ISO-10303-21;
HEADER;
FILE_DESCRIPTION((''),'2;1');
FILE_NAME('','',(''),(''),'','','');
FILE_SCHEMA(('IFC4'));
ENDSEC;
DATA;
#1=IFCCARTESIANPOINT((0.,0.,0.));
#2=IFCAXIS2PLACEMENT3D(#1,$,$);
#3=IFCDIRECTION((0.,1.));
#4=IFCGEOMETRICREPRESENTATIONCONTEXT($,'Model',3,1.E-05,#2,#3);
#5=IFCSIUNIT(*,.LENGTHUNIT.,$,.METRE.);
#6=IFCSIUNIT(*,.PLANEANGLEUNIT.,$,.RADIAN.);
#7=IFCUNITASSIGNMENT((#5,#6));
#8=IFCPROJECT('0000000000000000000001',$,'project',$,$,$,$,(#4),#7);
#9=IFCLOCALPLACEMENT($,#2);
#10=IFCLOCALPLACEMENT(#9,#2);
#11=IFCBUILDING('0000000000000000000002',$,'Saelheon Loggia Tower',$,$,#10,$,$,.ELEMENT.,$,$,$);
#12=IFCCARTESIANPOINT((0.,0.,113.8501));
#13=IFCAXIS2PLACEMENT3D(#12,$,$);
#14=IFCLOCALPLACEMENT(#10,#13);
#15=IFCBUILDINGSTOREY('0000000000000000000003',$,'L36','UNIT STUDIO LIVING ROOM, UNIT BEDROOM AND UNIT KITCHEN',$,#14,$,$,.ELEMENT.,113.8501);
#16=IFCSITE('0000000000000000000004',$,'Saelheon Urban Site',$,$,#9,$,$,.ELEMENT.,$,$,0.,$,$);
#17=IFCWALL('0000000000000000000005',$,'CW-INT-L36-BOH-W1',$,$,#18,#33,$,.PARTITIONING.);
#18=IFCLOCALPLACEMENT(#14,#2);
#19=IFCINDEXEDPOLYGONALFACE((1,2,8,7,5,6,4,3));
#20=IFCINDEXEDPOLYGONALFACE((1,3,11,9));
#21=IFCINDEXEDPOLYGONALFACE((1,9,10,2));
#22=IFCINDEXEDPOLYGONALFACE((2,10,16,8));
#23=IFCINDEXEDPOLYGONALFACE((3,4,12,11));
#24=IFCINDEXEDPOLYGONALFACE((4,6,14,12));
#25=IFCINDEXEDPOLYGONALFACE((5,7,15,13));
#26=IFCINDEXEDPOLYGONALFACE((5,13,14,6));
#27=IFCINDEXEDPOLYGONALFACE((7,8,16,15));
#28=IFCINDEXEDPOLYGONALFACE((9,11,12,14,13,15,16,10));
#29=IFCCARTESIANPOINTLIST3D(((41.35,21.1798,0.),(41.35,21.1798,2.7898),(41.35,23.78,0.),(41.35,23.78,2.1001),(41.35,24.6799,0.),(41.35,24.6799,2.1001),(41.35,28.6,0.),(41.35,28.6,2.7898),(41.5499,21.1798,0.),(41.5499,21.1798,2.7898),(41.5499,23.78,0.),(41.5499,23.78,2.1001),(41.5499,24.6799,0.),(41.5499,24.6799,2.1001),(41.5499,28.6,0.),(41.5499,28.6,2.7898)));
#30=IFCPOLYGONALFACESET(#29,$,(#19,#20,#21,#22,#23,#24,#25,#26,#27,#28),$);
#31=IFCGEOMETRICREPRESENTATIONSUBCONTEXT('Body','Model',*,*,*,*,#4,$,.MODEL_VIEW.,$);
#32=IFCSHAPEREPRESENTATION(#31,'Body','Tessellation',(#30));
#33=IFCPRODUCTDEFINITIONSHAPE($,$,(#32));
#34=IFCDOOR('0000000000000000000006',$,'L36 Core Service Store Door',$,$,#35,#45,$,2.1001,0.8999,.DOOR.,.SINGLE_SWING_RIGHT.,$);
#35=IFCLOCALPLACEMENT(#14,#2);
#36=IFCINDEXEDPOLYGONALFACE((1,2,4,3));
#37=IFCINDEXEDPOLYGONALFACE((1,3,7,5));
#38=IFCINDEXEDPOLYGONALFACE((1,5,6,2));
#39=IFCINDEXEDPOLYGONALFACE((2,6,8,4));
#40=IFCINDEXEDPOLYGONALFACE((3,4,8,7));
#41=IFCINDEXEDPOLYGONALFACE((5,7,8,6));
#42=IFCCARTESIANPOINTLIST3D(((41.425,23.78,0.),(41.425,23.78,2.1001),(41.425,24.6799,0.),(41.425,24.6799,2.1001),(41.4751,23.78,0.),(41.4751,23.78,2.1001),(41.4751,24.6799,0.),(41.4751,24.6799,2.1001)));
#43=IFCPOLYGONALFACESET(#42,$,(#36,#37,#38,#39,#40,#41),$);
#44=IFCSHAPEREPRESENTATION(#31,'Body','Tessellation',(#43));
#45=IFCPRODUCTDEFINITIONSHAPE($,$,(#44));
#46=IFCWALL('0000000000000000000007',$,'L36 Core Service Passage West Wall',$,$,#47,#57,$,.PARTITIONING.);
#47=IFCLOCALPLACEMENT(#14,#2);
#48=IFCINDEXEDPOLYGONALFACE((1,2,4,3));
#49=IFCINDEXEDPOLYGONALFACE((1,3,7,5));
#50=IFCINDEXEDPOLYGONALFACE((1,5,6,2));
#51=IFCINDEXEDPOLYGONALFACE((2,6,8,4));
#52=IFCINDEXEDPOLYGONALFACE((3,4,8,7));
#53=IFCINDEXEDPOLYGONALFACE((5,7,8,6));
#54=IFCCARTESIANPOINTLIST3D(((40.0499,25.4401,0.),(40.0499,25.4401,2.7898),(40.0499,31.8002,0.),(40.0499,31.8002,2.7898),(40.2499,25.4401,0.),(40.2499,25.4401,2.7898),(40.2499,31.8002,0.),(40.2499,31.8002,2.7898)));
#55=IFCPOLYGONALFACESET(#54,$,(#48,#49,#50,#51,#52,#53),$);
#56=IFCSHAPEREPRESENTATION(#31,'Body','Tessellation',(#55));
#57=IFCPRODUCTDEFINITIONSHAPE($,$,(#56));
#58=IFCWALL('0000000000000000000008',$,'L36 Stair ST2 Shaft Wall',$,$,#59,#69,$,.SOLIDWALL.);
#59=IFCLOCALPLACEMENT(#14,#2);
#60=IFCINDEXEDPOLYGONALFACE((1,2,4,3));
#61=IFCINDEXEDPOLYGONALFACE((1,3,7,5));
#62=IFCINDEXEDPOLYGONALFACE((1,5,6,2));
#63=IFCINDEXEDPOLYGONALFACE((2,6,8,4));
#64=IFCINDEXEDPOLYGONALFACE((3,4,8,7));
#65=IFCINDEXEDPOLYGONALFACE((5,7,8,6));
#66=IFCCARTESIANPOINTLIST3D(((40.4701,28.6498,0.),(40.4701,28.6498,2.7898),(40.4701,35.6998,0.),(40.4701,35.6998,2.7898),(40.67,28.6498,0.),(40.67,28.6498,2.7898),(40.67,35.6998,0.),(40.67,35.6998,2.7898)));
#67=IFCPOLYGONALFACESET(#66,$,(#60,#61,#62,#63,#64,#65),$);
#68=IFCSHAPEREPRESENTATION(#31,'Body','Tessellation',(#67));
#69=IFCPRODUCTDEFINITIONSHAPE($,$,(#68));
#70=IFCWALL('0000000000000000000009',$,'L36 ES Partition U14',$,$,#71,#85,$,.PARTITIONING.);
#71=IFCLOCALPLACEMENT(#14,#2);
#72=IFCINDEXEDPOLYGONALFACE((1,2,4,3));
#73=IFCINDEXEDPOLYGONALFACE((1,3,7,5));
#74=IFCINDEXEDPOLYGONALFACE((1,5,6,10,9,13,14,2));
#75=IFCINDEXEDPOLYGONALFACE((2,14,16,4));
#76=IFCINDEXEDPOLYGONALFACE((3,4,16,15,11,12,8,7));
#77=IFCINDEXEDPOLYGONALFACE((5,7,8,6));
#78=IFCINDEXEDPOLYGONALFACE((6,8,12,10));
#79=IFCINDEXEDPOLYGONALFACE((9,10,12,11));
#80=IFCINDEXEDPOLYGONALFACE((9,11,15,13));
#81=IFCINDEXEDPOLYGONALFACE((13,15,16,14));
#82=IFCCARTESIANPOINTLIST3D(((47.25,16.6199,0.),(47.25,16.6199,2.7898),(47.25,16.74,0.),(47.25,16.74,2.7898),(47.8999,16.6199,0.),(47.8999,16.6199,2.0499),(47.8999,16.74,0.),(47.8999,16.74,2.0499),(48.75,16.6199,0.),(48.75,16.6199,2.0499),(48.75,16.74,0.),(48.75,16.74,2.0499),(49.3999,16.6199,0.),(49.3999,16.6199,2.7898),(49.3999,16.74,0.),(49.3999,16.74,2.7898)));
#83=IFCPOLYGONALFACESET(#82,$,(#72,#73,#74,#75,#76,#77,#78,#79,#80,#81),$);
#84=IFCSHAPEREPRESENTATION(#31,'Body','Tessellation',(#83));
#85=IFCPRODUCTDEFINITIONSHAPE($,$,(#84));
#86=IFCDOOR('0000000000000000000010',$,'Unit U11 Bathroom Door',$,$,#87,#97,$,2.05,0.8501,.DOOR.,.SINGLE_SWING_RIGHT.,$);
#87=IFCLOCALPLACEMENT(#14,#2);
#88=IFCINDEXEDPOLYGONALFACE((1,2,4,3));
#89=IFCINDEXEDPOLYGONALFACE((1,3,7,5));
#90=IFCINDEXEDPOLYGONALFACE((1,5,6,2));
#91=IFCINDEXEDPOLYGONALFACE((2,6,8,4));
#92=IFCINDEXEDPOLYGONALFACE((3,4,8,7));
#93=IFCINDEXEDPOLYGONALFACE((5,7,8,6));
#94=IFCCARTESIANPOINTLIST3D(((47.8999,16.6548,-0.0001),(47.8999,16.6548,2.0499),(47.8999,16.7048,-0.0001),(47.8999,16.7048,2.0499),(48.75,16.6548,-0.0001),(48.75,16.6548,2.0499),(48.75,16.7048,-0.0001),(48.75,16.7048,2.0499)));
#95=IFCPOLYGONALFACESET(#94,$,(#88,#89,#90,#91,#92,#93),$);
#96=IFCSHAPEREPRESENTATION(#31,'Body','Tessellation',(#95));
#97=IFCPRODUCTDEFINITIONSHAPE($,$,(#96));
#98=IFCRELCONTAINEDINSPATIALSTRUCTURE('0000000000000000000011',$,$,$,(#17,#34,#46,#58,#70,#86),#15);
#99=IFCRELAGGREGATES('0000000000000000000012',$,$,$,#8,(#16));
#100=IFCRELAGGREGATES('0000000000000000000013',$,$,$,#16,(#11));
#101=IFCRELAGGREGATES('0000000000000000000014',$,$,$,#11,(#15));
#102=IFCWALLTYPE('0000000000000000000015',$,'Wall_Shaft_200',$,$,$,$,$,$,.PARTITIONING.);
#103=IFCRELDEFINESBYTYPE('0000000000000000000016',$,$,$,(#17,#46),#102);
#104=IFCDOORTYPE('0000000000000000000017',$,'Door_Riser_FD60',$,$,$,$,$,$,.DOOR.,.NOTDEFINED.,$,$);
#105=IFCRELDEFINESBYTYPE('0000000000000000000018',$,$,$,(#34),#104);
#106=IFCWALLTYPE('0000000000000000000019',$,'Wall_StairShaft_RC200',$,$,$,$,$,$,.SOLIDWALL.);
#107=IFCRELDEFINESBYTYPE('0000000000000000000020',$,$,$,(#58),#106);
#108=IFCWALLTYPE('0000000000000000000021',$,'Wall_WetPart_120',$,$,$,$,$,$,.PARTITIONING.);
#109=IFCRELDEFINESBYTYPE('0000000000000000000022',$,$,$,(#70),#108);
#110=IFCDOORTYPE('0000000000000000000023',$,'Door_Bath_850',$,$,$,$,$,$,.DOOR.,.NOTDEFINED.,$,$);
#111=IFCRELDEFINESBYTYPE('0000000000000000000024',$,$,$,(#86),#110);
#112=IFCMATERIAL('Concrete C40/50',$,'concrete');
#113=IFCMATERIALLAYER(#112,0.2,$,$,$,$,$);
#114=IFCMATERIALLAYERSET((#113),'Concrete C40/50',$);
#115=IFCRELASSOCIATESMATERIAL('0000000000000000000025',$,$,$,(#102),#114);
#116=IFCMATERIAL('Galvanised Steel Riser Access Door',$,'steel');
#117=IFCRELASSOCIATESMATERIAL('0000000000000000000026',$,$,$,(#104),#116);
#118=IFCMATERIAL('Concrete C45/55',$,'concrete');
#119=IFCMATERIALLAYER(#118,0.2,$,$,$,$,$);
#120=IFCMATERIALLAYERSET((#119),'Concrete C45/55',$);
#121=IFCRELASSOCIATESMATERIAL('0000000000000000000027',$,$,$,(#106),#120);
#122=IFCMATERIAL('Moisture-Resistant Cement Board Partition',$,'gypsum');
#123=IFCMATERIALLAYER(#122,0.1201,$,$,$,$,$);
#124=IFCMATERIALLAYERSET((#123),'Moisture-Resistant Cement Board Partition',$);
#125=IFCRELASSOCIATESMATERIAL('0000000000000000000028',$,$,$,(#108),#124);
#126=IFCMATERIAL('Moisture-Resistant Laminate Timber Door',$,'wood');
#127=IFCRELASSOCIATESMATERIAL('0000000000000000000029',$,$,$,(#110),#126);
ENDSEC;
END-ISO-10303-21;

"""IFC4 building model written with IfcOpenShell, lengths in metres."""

from ifc_helpers import new_model, si_unit, direction, frame, frame_2d, origin, place, context, subcontext, project, spatial, rectangle, extrude, source, transform, mapped, material, layer, layer_set, type_object, element, fill, save


model = new_model("IFC4")

# Units and contexts
model_context = context("Model", 3, precision=1e-05, world=origin(), true_north=direction((0.0, 1.0)))
body_context = subcontext(model_context, "Body", "Model", "MODEL_VIEW")
ifc_project = project(units=[si_unit("LENGTHUNIT", "METRE"), si_unit("PLANEANGLEUNIT", "RADIAN")], contexts=[model_context])

# Site, building, storey
site_placement = place(None, origin())
site = spatial("IfcSite", under=ifc_project, at=site_placement, Name="Saelheon Urban Site", CompositionType="ELEMENT", RefElevation=0.0)
building_placement = place(site_placement, origin())
building = spatial("IfcBuilding", under=site, at=building_placement, Name="Saelheon Loggia Tower", CompositionType="ELEMENT")
storey_placement = place(building_placement, frame((0.0, 0.0, 113.8501)))
storey = spatial("IfcBuildingStorey", under=building, at=storey_placement, Name="L36", Description="UNIT STUDIO LIVING ROOM, UNIT BEDROOM AND UNIT KITCHEN", CompositionType="ELEMENT", Elevation=113.8501)

# Shared definitions
ifc_material_1 = material(Name="Concrete C40/50", Category="concrete")

# Shared definitions
shared_shape_1 = source(origin(), body_context, "Body", "SweptSolid", [
    extrude(rectangle(XDim=0.8999, YDim=2.1001, at=frame_2d((0.45, 1.05))), frame((0.0, 0.0249, 0.0), z_axis=(0.0, -1.0, 0.0), x_axis=(1.0, 0.0, 0.0)), (0.0, 0.0, 1.0), 0.05),
])

# Shared definitions
ifc_layer_1 = layer(ifc_material_1, 0.2)
ifc_layer_set_1 = layer_set([ifc_layer_1], Name="Concrete C40/50")
wall_type_1 = type_object("IfcWallType", Name="Wall_Shaft_200", PredefinedType="PARTITIONING", material=ifc_layer_set_1)

# Wall, opening, door
wall_1_placement = place(storey_placement, frame((41.45, 21.1799, 0.0), z_axis=(0.0, 0.0, 1.0), x_axis=(0.0, 1.0, 0.0)))
wall_1 = element("IfcWall", 1, at=wall_1_placement, inside=storey, type_object=wall_type_1, Name="CW-INT-L36-BOH-W1", PredefinedType="PARTITIONING", context=body_context, shape_type="SweptSolid", body=[
    extrude(rectangle(XDim=7.4202, YDim=0.2, at=frame_2d((3.71, 0.0))), origin(), (0.0, 0.0, 1.0), 2.7898),
])
opening_1_placement = place(wall_1_placement, frame((2.6001, 0.0, 0.0)))
opening_1 = element("IfcOpeningElement", 2, at=opening_1_placement, cuts=wall_1, PredefinedType="OPENING", context=body_context, shape_type="SweptSolid", body=[
    extrude(rectangle(XDim=0.8999, YDim=2.1001, at=frame_2d((0.45, 1.05))), frame((0.0, 0.1121, 0.0), z_axis=(0.0, -1.0, 0.0), x_axis=(1.0, 0.0, 0.0)), (0.0, 0.0, 1.0), 0.2239),
])
ifc_material_2 = material(Name="Galvanised Steel Riser Access Door", Category="steel")
door_type_1 = type_object("IfcDoorType", Name="Door_Riser_FD60", OperationType="NOTDEFINED", PredefinedType="DOOR", material=ifc_material_2)
door_1_placement = place(opening_1_placement, origin())
door_1 = element("IfcDoor", 3, at=door_1_placement, inside=storey, type_object=door_type_1, Name="L36 Core Service Store Door", OperationType="SINGLE_SWING_RIGHT", OverallHeight=2.1001, OverallWidth=0.8999, PredefinedType="DOOR", context=body_context, shape_type="MappedRepresentation", body=[
    mapped(shared_shape_1, transform((0.0, 0.0, 0.0), scale=1.0)),
])
fill(opening_1, door_1)

# Wall
wall_2_placement = place(storey_placement, frame((40.1499, 25.4399, 0.0), z_axis=(0.0, 0.0, 1.0), x_axis=(0.0, 1.0, 0.0)))
element("IfcWall", 4, at=wall_2_placement, inside=storey, type_object=wall_type_1, Name="L36 Core Service Passage West Wall", PredefinedType="PARTITIONING", context=body_context, shape_type="SweptSolid", body=[
    extrude(rectangle(XDim=6.3601, YDim=0.2, at=frame_2d((3.1802, 0.0))), origin(), (0.0, 0.0, 1.0), 2.7898),
])

# Shared definitions
ifc_material_3 = material(Name="Concrete C45/55", Category="concrete")
ifc_layer_2 = layer(ifc_material_3, 0.2)
ifc_layer_set_2 = layer_set([ifc_layer_2], Name="Concrete C45/55")
wall_type_2 = type_object("IfcWallType", Name="Wall_StairShaft_RC200", PredefinedType="SOLIDWALL", material=ifc_layer_set_2)

# Wall
wall_3_placement = place(storey_placement, frame((40.5701, 28.6499, 0.0), z_axis=(0.0, 0.0, 1.0), x_axis=(0.0, 1.0, 0.0)))
element("IfcWall", 5, at=wall_3_placement, inside=storey, type_object=wall_type_2, Name="L36 Stair ST2 Shaft Wall", PredefinedType="SOLIDWALL", context=body_context, shape_type="SweptSolid", body=[
    extrude(rectangle(XDim=7.05, YDim=0.2, at=frame_2d((3.5249, 0.0))), origin(), (0.0, 0.0, 1.0), 2.7898),
])

# Wall, opening, door
ifc_material_4 = material(Name="Moisture-Resistant Cement Board Partition", Category="gypsum")
ifc_layer_3 = layer(ifc_material_4, 0.1201)
ifc_layer_set_3 = layer_set([ifc_layer_3], Name="Moisture-Resistant Cement Board Partition")
wall_type_3 = type_object("IfcWallType", Name="Wall_WetPart_120", PredefinedType="PARTITIONING", material=ifc_layer_set_3)
wall_4_placement = place(storey_placement, frame((47.25, 16.6799, 0.0), z_axis=(0.0, 0.0, 1.0), x_axis=(1.0, 0.0, 0.0)))
wall_4 = element("IfcWall", 6, at=wall_4_placement, inside=storey, type_object=wall_type_3, Name="L36 ES Partition U14", PredefinedType="PARTITIONING", context=body_context, shape_type="SweptSolid", body=[
    extrude(rectangle(XDim=2.1499, YDim=0.1201, at=frame_2d((1.075, 0.0))), origin(), (0.0, 0.0, 1.0), 2.7898),
])
opening_2_placement = place(wall_4_placement, frame((0.6499, 0.0, 0.0)))
opening_2 = element("IfcOpeningElement", 7, at=opening_2_placement, cuts=wall_4, PredefinedType="OPENING", context=body_context, shape_type="SweptSolid", body=[
    extrude(rectangle(XDim=0.8501, YDim=2.05, at=frame_2d((0.425, 1.0249))), frame((0.0, 0.072, 0.0), z_axis=(0.0, -1.0, 0.0), x_axis=(1.0, 0.0, 0.0)), (0.0, 0.0, 1.0), 0.144),
])
ifc_material_5 = material(Name="Moisture-Resistant Laminate Timber Door", Category="wood")
door_type_2 = type_object("IfcDoorType", Name="Door_Bath_850", OperationType="NOTDEFINED", PredefinedType="DOOR", material=ifc_material_5)
shared_shape_2 = source(origin(), body_context, "Body", "SweptSolid", [
    extrude(rectangle(XDim=0.8501, YDim=2.05, at=frame_2d((0.425, 1.0249))), frame((0.0, 0.0249, 0.0), z_axis=(0.0, -1.0, 0.0), x_axis=(1.0, 0.0, 0.0)), (0.0, 0.0, 1.0), 0.05),
])
door_2_placement = place(opening_2_placement, origin())
door_2 = element("IfcDoor", 8, at=door_2_placement, inside=storey, type_object=door_type_2, Name="Unit U11 Bathroom Door", OperationType="SINGLE_SWING_RIGHT", OverallHeight=2.05, OverallWidth=0.8501, PredefinedType="DOOR", context=body_context, shape_type="MappedRepresentation", body=[
    mapped(shared_shape_2, transform((0.0, 0.0, 0.0), scale=1.0)),
])
fill(opening_2, door_2)

save(model, "model.ifc")
